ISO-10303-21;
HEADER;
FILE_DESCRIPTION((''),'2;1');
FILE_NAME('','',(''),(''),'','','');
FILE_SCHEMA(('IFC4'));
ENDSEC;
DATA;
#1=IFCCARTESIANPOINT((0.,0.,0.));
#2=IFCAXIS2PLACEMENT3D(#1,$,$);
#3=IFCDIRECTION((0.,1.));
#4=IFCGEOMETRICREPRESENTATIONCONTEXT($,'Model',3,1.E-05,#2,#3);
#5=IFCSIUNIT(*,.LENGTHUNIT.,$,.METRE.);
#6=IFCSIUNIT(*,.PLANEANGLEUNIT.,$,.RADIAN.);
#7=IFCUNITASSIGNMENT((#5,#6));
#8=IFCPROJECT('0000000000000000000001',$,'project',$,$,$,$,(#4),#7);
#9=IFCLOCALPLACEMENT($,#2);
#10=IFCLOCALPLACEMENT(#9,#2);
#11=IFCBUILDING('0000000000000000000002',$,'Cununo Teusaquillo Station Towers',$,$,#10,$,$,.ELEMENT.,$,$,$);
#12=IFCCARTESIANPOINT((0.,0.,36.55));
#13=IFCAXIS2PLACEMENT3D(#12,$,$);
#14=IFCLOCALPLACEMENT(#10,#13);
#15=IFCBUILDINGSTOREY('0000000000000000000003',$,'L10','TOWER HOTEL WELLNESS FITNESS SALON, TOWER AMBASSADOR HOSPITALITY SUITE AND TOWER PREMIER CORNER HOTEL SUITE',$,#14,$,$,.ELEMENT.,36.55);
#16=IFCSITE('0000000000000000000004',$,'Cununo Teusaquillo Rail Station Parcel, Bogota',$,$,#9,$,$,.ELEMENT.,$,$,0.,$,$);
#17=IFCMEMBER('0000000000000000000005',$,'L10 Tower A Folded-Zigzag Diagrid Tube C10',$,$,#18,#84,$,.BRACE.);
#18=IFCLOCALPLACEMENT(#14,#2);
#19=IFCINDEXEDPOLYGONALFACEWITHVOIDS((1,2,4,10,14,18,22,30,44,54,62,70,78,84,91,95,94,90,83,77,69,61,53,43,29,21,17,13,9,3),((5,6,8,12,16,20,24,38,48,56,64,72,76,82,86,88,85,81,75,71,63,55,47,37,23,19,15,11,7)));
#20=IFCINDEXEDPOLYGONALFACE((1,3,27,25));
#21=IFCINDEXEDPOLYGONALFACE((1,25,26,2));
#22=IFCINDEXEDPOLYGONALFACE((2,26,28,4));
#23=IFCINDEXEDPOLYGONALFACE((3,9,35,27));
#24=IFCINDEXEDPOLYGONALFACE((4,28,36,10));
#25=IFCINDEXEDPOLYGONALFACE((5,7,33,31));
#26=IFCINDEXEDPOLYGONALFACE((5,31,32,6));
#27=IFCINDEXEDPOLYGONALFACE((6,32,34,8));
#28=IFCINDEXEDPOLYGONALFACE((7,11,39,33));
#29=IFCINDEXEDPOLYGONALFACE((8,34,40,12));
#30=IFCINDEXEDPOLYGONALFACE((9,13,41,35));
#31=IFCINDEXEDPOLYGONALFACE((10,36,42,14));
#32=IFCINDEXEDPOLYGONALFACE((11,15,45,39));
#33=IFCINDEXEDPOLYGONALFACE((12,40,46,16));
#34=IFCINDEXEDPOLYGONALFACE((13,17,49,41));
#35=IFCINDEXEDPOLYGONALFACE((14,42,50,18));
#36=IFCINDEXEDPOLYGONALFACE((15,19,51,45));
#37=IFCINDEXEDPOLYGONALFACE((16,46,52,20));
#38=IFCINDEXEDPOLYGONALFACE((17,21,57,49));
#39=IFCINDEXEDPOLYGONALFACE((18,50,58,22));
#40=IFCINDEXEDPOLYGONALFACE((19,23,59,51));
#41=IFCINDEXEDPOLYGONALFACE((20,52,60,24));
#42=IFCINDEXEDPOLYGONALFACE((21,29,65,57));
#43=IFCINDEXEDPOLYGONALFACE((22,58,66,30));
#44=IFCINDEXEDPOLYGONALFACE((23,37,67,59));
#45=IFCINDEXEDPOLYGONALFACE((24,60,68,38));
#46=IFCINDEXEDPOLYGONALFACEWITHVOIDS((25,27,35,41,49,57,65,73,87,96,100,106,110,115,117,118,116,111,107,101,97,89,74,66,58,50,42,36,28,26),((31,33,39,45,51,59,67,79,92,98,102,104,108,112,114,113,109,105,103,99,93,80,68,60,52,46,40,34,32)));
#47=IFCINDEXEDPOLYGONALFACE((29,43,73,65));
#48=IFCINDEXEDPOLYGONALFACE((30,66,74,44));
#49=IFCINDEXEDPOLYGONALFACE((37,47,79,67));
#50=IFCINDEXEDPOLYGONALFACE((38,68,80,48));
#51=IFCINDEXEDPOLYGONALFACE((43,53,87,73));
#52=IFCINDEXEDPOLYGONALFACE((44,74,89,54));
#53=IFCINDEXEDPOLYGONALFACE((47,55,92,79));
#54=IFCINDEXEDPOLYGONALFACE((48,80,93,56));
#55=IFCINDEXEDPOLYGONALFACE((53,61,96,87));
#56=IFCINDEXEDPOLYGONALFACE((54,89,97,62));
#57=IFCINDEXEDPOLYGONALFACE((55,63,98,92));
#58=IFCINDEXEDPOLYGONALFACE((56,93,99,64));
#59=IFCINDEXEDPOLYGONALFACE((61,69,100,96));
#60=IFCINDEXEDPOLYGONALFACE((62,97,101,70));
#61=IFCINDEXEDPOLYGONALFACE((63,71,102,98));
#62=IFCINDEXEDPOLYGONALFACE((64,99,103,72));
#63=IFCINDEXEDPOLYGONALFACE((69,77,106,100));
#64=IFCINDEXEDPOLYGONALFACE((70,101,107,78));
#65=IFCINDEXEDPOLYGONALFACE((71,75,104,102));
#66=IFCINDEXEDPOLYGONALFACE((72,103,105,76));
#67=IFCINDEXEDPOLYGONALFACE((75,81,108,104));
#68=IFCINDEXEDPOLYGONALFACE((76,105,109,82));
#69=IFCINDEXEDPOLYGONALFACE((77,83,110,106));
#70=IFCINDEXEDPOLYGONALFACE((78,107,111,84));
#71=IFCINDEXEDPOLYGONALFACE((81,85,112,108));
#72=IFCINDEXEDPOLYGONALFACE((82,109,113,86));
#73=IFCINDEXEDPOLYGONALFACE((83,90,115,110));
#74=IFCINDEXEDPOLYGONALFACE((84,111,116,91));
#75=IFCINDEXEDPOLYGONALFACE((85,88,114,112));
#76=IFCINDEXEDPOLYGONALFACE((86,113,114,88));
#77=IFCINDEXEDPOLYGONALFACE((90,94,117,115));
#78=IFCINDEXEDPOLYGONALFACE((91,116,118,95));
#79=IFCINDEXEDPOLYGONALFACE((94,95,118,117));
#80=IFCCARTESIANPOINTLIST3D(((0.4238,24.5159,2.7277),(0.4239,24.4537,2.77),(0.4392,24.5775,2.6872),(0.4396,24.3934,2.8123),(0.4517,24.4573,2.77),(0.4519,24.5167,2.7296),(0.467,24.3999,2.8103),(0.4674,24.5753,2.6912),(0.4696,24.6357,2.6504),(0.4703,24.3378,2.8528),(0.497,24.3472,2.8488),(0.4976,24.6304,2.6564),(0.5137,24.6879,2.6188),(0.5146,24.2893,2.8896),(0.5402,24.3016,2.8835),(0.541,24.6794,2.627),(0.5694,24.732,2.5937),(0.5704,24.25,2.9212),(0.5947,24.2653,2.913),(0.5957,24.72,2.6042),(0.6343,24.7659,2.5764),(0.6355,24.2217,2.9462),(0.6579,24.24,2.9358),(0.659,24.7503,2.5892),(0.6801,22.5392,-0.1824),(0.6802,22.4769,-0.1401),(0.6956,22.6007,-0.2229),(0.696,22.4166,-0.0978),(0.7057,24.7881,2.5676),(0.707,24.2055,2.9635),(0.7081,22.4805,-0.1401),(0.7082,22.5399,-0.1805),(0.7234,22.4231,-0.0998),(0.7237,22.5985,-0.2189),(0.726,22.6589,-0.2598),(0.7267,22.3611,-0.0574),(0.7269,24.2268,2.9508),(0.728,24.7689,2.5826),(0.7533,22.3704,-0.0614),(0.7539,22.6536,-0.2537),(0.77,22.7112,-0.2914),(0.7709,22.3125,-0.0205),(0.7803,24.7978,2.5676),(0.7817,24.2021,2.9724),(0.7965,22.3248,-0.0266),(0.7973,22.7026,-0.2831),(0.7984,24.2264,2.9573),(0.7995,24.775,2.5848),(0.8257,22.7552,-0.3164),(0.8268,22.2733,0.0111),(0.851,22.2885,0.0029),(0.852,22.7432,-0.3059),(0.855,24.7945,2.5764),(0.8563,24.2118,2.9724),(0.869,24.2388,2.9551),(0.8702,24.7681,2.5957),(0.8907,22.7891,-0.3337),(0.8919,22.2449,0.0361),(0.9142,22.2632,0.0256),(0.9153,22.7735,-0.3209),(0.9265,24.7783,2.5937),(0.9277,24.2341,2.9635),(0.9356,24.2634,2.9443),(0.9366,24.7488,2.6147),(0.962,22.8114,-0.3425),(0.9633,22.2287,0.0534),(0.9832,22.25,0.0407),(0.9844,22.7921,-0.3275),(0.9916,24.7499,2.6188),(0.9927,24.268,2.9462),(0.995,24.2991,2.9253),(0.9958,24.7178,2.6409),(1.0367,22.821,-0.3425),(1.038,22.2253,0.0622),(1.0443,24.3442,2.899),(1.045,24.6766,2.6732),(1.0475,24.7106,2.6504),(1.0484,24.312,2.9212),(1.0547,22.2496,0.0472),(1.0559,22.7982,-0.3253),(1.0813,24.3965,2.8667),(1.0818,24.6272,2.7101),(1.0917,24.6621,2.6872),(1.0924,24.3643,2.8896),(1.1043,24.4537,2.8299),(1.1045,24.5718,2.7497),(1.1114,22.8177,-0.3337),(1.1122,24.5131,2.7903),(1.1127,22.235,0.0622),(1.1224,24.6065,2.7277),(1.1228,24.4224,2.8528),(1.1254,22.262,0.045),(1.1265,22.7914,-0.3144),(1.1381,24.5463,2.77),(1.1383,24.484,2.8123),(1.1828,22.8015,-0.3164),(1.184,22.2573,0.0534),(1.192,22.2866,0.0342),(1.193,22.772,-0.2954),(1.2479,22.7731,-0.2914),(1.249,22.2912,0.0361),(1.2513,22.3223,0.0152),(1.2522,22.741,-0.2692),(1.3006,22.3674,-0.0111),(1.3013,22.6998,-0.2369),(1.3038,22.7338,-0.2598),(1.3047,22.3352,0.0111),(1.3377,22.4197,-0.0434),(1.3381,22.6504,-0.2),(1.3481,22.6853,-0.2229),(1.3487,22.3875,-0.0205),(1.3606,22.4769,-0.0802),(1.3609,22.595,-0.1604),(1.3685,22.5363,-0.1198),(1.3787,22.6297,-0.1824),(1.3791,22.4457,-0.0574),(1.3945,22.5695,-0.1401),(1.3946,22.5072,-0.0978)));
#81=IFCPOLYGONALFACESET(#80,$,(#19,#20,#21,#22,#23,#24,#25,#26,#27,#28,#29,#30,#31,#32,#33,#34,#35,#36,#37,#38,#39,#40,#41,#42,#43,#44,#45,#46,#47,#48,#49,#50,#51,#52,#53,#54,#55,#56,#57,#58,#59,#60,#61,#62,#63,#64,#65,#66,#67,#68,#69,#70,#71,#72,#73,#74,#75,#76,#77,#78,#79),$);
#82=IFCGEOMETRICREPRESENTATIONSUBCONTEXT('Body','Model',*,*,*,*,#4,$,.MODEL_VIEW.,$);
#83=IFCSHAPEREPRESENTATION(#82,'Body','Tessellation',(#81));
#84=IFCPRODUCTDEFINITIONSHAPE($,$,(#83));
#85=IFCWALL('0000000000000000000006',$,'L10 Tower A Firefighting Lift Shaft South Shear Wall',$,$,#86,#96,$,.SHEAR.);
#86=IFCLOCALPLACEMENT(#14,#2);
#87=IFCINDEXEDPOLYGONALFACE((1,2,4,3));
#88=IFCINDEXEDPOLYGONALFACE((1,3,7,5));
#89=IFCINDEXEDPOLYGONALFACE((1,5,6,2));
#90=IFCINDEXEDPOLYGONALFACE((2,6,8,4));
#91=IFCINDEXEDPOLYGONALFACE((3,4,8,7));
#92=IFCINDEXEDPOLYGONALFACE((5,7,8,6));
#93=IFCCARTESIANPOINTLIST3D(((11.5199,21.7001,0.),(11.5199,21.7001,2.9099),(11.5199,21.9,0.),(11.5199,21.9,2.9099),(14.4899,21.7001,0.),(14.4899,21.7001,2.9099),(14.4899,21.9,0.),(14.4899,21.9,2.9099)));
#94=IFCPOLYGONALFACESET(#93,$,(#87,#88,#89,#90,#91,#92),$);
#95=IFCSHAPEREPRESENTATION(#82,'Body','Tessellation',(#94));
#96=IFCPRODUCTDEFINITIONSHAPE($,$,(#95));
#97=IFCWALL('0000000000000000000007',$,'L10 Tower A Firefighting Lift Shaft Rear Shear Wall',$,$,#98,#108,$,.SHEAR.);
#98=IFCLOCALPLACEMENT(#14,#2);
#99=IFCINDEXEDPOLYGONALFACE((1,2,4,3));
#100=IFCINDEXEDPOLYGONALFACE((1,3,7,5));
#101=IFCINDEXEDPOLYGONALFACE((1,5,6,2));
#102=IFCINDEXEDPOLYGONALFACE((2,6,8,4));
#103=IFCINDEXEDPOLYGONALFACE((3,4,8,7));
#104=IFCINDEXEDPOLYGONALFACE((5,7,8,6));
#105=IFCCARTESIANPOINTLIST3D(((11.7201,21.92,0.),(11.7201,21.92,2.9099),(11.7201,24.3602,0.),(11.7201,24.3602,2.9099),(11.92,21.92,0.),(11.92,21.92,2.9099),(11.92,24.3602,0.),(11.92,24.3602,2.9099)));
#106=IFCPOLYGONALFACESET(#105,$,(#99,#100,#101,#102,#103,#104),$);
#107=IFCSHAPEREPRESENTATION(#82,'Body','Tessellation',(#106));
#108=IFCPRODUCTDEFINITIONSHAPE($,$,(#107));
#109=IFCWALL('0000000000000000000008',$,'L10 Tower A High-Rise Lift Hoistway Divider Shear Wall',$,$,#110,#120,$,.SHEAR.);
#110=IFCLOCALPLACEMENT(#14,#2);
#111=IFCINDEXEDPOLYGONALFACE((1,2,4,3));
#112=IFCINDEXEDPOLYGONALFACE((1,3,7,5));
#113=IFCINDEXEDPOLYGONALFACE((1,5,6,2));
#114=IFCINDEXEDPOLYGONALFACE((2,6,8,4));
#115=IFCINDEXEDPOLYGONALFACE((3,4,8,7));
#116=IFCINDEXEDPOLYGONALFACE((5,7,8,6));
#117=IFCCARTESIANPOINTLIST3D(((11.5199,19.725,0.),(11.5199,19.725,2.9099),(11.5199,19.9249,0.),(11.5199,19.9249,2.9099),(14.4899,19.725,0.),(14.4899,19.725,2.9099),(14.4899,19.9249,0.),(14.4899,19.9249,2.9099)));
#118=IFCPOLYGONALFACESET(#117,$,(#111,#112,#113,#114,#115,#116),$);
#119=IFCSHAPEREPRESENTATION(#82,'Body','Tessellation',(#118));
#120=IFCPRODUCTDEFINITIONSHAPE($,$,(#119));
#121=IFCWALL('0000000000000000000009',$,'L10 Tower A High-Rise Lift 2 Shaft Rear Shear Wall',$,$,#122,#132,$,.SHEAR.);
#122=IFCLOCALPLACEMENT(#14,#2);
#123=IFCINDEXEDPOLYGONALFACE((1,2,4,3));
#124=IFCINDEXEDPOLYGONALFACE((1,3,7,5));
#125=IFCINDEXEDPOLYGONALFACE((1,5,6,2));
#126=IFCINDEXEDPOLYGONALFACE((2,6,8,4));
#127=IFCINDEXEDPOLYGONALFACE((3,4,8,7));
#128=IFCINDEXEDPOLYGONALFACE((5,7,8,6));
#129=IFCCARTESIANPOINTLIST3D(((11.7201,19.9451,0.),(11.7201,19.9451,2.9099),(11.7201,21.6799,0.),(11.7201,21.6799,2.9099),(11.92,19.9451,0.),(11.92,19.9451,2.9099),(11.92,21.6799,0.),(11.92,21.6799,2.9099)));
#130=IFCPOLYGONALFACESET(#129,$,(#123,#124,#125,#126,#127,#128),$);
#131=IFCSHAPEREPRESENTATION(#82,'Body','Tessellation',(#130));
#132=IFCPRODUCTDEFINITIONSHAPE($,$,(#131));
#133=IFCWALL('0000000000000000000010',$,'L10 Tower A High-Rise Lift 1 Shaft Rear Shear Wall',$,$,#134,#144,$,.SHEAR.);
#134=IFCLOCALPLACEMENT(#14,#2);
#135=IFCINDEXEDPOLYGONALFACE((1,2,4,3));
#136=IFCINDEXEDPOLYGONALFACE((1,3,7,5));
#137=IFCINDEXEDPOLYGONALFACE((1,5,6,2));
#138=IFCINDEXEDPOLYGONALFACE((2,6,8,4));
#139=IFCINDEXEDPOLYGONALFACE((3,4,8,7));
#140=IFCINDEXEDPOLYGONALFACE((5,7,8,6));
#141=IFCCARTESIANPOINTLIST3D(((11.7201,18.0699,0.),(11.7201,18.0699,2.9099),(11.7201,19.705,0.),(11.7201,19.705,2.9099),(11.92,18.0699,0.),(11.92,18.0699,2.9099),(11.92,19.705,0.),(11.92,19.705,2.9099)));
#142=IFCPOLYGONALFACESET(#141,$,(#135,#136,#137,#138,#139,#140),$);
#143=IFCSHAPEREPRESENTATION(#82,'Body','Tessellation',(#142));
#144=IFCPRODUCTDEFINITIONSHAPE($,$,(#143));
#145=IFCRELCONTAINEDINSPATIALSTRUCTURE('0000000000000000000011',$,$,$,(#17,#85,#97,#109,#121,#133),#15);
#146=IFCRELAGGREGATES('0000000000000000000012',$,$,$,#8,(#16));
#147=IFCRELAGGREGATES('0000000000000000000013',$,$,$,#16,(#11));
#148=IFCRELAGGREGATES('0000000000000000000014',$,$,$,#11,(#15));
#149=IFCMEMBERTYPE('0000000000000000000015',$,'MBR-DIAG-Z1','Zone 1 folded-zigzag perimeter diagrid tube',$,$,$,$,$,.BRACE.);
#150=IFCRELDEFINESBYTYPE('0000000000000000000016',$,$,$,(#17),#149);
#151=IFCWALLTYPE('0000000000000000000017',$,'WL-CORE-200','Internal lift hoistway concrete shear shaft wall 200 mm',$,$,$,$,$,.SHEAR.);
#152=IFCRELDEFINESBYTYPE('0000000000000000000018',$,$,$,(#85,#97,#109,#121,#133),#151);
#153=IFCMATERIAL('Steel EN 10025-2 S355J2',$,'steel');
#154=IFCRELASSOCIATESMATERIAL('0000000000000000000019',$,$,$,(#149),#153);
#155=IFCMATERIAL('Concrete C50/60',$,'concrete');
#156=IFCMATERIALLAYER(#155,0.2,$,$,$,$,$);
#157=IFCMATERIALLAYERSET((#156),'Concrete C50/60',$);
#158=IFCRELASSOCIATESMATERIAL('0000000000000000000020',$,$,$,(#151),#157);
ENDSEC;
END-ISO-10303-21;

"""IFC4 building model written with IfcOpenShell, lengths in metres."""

from ifc_helpers import new_model, si_unit, direction, frame, frame_2d, origin, origin_2d, place, context, subcontext, project, spatial, rectangle, hollow_circle, extrude, material, layer, layer_set, material_profile, profile_set, type_object, element, save


model = new_model("IFC4")

# Units and contexts
model_context = context("Model", 3, precision=1e-05, world=origin(), true_north=direction((0.0, 1.0)))
body_context = subcontext(model_context, "Body", "Model", "MODEL_VIEW")
ifc_project = project(units=[si_unit("LENGTHUNIT", "METRE"), si_unit("PLANEANGLEUNIT", "RADIAN")], contexts=[model_context])

# Site, building, storey
site_placement = place(None, origin())
site = spatial("IfcSite", under=ifc_project, at=site_placement, Name="Cununo Teusaquillo Rail Station Parcel, Bogota", CompositionType="ELEMENT", RefElevation=0.0)
building_placement = place(site_placement, origin())
building = spatial("IfcBuilding", under=site, at=building_placement, Name="Cununo Teusaquillo Station Towers", CompositionType="ELEMENT")
storey_placement = place(building_placement, frame((0.0, 0.0, 36.55)))
storey = spatial("IfcBuildingStorey", under=building, at=storey_placement, Name="L10", Description="TOWER HOTEL WELLNESS FITNESS SALON, TOWER AMBASSADOR HOSPITALITY SUITE AND TOWER PREMIER CORNER HOTEL SUITE", CompositionType="ELEMENT", Elevation=36.55)

# Member
ifc_material_1 = material(Name="Steel EN 10025-2 S355J2", Category="steel")
ifc_material_profile_1 = material_profile(ifc_material_1, hollow_circle(Radius=0.3601, WallThickness=0.0281, at=origin_2d()), Name="CHS 720x28")
ifc_profile_set_1 = profile_set([ifc_material_profile_1], Name="Steel EN 10025-2 S355J2")
member_type = type_object("IfcMemberType", Name="MBR-DIAG-Z1", Description="Zone 1 folded-zigzag perimeter diagrid tube", PredefinedType="BRACE", material=ifc_profile_set_1)
member_placement = place(storey_placement, frame((1.0374, 22.5232, -0.1401), z_axis=(-0.072673, 0.560416, 0.825017), x_axis=(-0.991696, -0.128601, 0.0)))
element("IfcMember", 1, at=member_placement, inside=storey, type_object=member_type, Name="L10 Tower A Folded-Zigzag Diagrid Tube C10", PredefinedType="BRACE", context=body_context, shape_type="SweptSolid", body=[
    extrude(hollow_circle(Radius=0.3601, WallThickness=0.0281, at=origin_2d()), origin(), (0.0, 0.0, 1.0), 3.5273),
])

# Walls
ifc_material_2 = material(Name="Concrete C50/60", Category="concrete")
ifc_layer_1 = layer(ifc_material_2, 0.2)
ifc_layer_set_1 = layer_set([ifc_layer_1], Name="Concrete C50/60")
wall_type_1 = type_object("IfcWallType", Name="WL-CORE-200", Description="Internal lift hoistway concrete shear shaft wall 200 mm", PredefinedType="SHEAR", material=ifc_layer_set_1)
wall_1_placement = place(storey_placement, frame((11.52, 21.8, 0.0), z_axis=(0.0, 0.0, 1.0), x_axis=(1.0, 0.0, 0.0)))
element("IfcWall", 2, at=wall_1_placement, inside=storey, type_object=wall_type_1, Name="L10 Tower A Firefighting Lift Shaft South Shear Wall", PredefinedType="SHEAR", context=body_context, shape_type="SweptSolid", body=[
    extrude(rectangle(XDim=2.97, YDim=0.2, at=frame_2d((1.4849, 0.0))), origin(), (0.0, 0.0, 1.0), 2.9099),
])
wall_2_placement = place(storey_placement, frame((11.8201, 21.9199, 0.0), z_axis=(0.0, 0.0, 1.0), x_axis=(0.0, 1.0, 0.0)))
element("IfcWall", 3, at=wall_2_placement, inside=storey, type_object=wall_type_1, Name="L10 Tower A Firefighting Lift Shaft Rear Shear Wall", PredefinedType="SHEAR", context=body_context, shape_type="SweptSolid", body=[
    extrude(rectangle(XDim=2.4402, YDim=0.2, at=frame_2d((1.2202, 0.0))), origin(), (0.0, 0.0, 1.0), 2.9099),
])
wall_3_placement = place(storey_placement, frame((11.52, 19.825, 0.0), z_axis=(0.0, 0.0, 1.0), x_axis=(1.0, 0.0, 0.0)))
element("IfcWall", 4, at=wall_3_placement, inside=storey, type_object=wall_type_1, Name="L10 Tower A High-Rise Lift Hoistway Divider Shear Wall", PredefinedType="SHEAR", context=body_context, shape_type="SweptSolid", body=[
    extrude(rectangle(XDim=2.97, YDim=0.2, at=frame_2d((1.4849, 0.0))), origin(), (0.0, 0.0, 1.0), 2.9099),
])
wall_4_placement = place(storey_placement, frame((11.8201, 19.9451, 0.0), z_axis=(0.0, 0.0, 1.0), x_axis=(0.0, 1.0, 0.0)))
element("IfcWall", 5, at=wall_4_placement, inside=storey, type_object=wall_type_1, Name="L10 Tower A High-Rise Lift 2 Shaft Rear Shear Wall", PredefinedType="SHEAR", context=body_context, shape_type="SweptSolid", body=[
    extrude(rectangle(XDim=1.7349, YDim=0.2, at=frame_2d((0.8674, 0.0))), origin(), (0.0, 0.0, 1.0), 2.9099),
])
wall_5_placement = place(storey_placement, frame((11.8201, 18.0701, 0.0), z_axis=(0.0, 0.0, 1.0), x_axis=(0.0, 1.0, 0.0)))
element("IfcWall", 6, at=wall_5_placement, inside=storey, type_object=wall_type_1, Name="L10 Tower A High-Rise Lift 1 Shaft Rear Shear Wall", PredefinedType="SHEAR", context=body_context, shape_type="SweptSolid", body=[
    extrude(rectangle(XDim=1.635, YDim=0.2, at=frame_2d((0.8174, 0.0))), origin(), (0.0, 0.0, 1.0), 2.9099),
])

save(model, "model.ifc")
